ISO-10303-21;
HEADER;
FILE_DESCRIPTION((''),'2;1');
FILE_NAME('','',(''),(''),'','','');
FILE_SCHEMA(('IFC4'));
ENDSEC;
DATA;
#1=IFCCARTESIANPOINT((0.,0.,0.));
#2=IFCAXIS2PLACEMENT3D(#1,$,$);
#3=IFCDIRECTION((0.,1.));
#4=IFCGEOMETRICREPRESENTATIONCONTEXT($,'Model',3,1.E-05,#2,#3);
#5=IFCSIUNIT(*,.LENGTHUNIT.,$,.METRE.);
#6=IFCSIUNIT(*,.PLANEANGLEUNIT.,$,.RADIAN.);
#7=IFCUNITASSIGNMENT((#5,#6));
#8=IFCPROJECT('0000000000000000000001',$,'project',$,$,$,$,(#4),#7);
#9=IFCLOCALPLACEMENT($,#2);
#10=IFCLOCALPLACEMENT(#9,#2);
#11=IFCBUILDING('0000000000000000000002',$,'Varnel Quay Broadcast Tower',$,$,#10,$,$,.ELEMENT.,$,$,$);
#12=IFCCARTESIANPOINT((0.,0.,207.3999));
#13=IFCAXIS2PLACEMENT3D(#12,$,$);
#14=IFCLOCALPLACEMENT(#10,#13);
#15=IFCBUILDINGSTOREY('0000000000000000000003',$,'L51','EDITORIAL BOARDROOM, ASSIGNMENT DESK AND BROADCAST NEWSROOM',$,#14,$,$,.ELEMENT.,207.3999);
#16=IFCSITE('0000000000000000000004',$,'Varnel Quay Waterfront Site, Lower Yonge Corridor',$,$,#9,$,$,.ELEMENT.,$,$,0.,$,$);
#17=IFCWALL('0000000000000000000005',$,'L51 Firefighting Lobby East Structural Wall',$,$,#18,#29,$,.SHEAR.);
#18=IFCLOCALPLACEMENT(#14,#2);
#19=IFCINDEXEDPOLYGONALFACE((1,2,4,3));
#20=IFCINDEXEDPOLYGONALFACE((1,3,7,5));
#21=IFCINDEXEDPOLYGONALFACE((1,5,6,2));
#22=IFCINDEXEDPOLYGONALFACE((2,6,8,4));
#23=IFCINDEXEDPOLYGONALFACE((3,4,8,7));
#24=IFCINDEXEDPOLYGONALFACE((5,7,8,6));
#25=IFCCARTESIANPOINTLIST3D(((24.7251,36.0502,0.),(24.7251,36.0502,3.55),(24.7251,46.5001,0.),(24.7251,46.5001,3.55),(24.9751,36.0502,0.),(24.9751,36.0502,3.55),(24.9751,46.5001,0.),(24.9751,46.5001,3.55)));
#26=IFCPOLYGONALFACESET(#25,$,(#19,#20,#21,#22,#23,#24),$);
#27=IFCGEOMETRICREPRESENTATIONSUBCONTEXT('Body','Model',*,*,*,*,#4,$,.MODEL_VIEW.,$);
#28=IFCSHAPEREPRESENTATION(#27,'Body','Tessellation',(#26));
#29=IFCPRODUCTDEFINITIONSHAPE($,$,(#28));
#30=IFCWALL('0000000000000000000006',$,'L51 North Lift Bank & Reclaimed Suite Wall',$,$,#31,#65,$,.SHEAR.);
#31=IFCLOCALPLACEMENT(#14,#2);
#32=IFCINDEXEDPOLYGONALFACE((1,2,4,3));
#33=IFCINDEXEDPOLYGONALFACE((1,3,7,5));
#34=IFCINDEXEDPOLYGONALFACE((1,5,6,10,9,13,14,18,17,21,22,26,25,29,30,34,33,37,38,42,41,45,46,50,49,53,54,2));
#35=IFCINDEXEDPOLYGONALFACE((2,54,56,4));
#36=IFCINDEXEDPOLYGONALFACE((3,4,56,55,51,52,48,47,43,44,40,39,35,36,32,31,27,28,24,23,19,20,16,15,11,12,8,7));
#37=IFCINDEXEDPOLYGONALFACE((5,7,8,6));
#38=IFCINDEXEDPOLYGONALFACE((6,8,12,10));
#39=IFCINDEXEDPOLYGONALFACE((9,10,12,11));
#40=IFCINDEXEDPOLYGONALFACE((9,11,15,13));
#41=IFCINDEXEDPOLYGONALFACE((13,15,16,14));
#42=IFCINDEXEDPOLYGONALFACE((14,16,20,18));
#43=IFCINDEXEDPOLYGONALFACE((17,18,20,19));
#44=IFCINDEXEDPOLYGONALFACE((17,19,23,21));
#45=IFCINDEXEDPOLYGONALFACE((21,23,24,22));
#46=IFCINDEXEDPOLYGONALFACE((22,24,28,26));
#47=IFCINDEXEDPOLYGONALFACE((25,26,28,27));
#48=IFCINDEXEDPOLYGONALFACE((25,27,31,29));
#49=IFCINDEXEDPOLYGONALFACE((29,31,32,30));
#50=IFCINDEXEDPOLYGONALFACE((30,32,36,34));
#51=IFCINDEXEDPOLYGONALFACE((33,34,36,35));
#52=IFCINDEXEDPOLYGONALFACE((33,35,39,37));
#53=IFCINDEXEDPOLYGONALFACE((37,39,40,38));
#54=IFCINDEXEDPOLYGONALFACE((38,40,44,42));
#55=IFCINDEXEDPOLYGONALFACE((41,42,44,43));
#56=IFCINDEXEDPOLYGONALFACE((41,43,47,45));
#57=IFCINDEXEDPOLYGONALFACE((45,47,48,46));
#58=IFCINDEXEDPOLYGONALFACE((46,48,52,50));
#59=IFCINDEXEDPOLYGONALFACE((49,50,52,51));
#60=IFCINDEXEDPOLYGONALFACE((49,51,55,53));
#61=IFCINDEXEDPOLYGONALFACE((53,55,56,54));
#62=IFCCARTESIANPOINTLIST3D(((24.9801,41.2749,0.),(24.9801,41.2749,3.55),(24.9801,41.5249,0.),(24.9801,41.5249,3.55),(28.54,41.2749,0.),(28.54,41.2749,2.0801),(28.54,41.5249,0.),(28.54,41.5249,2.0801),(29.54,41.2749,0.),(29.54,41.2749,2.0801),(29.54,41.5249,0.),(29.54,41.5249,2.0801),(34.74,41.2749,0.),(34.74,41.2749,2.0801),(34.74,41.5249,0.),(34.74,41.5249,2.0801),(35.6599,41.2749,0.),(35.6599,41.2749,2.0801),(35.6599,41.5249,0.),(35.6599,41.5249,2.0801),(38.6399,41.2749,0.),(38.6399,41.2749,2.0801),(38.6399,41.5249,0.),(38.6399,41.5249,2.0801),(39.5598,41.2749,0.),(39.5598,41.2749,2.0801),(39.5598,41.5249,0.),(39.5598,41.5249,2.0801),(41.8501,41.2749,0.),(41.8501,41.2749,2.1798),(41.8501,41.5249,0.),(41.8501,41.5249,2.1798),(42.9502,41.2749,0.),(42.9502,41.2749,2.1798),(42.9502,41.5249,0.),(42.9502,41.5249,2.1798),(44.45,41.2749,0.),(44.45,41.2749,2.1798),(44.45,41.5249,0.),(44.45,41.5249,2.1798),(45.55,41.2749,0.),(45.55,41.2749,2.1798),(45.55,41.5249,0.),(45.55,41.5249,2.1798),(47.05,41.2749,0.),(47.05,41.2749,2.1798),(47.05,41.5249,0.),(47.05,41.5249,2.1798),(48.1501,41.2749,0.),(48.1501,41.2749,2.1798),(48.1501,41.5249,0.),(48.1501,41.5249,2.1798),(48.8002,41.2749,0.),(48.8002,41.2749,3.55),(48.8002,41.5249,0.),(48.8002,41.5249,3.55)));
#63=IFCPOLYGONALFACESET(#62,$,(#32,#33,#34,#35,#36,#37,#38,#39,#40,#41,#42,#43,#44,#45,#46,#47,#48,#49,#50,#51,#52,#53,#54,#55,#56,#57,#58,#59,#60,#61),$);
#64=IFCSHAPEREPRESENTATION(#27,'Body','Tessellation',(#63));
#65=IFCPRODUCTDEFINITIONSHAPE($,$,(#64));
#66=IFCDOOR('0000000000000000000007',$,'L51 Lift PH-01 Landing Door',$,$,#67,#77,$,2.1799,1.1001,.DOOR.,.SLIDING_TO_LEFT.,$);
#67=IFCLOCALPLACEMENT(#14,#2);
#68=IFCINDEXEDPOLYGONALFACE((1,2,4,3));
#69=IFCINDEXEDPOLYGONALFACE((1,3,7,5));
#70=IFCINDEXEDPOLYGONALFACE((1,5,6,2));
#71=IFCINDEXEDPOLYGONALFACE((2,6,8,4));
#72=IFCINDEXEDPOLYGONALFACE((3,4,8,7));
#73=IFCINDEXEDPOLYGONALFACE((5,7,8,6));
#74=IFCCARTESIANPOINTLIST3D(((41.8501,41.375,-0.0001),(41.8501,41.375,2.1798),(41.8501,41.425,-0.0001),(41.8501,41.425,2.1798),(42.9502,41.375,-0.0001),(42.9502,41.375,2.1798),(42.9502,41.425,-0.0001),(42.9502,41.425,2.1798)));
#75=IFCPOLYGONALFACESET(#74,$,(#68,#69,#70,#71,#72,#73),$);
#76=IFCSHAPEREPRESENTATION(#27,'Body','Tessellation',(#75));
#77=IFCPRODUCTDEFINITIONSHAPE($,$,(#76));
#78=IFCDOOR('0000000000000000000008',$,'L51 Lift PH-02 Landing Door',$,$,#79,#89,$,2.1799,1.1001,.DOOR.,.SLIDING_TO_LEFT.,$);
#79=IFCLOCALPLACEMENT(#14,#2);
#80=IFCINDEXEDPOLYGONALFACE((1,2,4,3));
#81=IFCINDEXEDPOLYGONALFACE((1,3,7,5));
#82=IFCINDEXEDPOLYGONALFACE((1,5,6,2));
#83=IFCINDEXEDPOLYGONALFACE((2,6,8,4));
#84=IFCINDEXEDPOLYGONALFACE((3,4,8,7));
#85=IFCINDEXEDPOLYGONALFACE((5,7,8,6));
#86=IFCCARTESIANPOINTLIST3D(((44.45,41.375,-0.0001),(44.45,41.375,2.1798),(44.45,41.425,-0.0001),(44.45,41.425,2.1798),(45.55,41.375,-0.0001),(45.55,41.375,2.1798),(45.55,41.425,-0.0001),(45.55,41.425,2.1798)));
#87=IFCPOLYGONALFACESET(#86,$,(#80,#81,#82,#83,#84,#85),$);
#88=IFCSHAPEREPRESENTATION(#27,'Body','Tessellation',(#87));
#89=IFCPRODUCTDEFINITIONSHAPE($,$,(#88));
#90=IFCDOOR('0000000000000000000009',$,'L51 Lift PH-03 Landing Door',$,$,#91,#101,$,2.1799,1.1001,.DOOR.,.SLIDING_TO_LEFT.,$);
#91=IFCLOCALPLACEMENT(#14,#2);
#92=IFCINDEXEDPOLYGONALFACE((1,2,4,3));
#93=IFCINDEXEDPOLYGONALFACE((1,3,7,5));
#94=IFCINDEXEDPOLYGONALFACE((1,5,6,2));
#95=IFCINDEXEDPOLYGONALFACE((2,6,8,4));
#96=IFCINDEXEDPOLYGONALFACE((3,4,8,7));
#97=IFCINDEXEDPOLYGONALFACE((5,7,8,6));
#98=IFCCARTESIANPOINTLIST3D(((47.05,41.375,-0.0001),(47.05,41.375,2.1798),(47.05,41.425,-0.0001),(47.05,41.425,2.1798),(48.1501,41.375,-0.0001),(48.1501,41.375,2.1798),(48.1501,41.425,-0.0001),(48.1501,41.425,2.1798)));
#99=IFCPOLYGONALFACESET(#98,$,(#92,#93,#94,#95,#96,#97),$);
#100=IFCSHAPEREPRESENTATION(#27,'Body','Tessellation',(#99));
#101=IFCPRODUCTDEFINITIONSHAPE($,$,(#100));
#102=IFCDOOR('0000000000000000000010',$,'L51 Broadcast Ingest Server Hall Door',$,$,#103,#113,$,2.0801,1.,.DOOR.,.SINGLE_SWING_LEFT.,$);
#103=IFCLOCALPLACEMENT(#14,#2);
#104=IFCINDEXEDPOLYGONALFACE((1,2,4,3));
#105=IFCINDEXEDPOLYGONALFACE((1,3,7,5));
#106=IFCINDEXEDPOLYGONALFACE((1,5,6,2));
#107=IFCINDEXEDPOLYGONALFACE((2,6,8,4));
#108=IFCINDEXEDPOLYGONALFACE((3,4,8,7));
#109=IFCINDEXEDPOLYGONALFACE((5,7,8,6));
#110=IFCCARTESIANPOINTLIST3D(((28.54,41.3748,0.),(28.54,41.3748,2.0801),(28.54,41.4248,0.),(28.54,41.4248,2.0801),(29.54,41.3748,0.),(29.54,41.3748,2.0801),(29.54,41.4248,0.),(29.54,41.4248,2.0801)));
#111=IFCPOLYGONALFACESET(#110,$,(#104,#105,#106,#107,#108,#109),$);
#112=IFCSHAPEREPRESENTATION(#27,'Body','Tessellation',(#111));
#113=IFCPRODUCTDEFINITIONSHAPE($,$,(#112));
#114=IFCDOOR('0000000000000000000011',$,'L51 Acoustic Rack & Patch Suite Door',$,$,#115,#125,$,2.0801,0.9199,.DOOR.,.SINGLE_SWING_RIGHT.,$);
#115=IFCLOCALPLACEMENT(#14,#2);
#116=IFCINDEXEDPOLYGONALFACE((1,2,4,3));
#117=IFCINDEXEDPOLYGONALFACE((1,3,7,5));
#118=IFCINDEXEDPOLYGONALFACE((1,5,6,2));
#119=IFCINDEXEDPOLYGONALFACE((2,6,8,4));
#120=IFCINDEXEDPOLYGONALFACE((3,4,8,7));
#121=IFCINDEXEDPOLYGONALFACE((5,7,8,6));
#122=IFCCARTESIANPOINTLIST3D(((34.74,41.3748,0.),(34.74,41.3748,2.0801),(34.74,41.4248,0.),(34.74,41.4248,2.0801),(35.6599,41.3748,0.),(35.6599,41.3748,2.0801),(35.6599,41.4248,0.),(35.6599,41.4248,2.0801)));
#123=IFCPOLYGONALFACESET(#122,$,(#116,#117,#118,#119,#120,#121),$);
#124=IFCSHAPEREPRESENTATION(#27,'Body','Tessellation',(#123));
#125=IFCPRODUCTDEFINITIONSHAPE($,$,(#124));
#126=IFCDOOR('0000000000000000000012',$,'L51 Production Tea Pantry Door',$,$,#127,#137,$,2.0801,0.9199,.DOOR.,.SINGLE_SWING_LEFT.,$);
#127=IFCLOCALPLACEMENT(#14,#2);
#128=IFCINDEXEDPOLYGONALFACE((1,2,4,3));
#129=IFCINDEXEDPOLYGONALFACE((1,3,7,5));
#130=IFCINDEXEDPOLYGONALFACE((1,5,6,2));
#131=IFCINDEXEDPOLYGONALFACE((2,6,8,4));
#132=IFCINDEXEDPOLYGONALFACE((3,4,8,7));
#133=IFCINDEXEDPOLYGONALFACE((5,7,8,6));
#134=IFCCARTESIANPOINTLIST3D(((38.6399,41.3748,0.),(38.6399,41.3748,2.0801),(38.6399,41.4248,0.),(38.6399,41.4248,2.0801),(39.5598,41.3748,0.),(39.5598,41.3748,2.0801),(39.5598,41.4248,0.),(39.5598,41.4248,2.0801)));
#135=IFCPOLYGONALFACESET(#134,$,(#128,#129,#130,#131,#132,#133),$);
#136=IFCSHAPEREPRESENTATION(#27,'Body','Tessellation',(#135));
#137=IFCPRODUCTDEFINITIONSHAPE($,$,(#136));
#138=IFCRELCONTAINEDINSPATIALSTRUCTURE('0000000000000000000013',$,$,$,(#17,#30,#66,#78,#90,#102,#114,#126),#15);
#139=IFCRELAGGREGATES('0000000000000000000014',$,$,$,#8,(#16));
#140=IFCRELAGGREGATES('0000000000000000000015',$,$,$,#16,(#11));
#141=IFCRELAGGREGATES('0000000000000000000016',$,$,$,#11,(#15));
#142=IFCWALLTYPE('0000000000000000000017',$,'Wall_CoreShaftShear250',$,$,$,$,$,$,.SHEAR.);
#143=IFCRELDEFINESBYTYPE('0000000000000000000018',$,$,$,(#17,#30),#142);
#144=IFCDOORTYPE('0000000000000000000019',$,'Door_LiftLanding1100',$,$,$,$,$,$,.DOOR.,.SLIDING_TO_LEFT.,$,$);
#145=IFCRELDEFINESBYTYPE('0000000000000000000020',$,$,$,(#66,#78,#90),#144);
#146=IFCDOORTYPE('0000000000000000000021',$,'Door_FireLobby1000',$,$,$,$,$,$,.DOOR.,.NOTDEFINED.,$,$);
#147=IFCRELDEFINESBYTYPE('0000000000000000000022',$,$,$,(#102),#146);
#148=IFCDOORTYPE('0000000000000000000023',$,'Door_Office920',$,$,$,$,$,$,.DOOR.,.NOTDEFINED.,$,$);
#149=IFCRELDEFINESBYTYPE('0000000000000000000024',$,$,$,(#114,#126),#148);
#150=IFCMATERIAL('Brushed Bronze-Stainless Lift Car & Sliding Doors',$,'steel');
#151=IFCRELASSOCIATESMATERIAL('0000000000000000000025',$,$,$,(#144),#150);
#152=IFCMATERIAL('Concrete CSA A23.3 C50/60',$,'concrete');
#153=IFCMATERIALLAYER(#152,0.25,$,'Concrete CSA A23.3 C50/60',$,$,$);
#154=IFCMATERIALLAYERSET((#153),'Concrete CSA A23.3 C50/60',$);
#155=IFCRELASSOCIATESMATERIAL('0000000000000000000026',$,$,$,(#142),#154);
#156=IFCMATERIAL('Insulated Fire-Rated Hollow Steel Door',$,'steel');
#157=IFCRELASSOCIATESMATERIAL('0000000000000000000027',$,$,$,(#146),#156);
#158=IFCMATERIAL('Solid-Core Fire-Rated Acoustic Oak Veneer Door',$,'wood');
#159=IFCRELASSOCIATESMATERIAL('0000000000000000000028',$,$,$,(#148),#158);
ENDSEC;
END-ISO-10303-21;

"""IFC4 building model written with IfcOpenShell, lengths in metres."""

from ifc_helpers import new_model, si_unit, direction, frame, frame_2d, origin, place, context, subcontext, project, spatial, rectangle, extrude, source, transform, mapped, material, layer, layer_set, type_object, type_shapes, element, fill, save


model = new_model("IFC4")

# Units and contexts
model_context = context("Model", 3, precision=1e-05, world=origin(), true_north=direction((0.0, 1.0)))
body_context = subcontext(model_context, "Body", "Model", "MODEL_VIEW")
ifc_project = project(units=[si_unit("LENGTHUNIT", "METRE"), si_unit("PLANEANGLEUNIT", "RADIAN")], contexts=[model_context])

# Site, building, storey
site_placement = place(None, origin())
site = spatial("IfcSite", under=ifc_project, at=site_placement, Name="Varnel Quay Waterfront Site, Lower Yonge Corridor", CompositionType="ELEMENT", RefElevation=0.0)
building_placement = place(site_placement, origin())
building = spatial("IfcBuilding", under=site, at=building_placement, Name="Varnel Quay Broadcast Tower", CompositionType="ELEMENT")
storey_placement = place(building_placement, frame((0.0, 0.0, 207.3999)))
storey = spatial("IfcBuildingStorey", under=building, at=storey_placement, Name="L51", Description="EDITORIAL BOARDROOM, ASSIGNMENT DESK AND BROADCAST NEWSROOM", CompositionType="ELEMENT", Elevation=207.3999)

# Shared definitions
ifc_material_1 = material(Name="Concrete CSA A23.3 C50/60", Category="concrete")
ifc_material_2 = material(Name="Insulated Fire-Rated Hollow Steel Door", Category="steel")

# Shared definitions
ifc_material_3 = material(Name="Brushed Bronze-Stainless Lift Car & Sliding Doors", Category="steel")
door_type_1 = type_object("IfcDoorType", Name="Door_LiftLanding1100", OperationType="SLIDING_TO_LEFT", PredefinedType="DOOR", material=ifc_material_3)
shared_shape_1 = source(origin(), body_context, "Body", "SweptSolid", [
    extrude(rectangle(XDim=1.1001, YDim=2.1799, at=frame_2d((0.55, 1.0898))), frame((0.0, 0.0249, 0.0), z_axis=(0.0, -1.0, 0.0), x_axis=(1.0, 0.0, 0.0)), (0.0, 0.0, 1.0), 0.05),
])
type_shapes(door_type_1, [shared_shape_1])

# Wall
ifc_layer_1 = layer(ifc_material_1, 0.25, Name="Concrete CSA A23.3 C50/60")
ifc_layer_set_1 = layer_set([ifc_layer_1], Name="Concrete CSA A23.3 C50/60")
wall_type_1 = type_object("IfcWallType", Name="Wall_CoreShaftShear250", PredefinedType="SHEAR", material=ifc_layer_set_1)
wall_1_placement = place(storey_placement, frame((24.8501, 36.05, 0.0), z_axis=(0.0, 0.0, 1.0), x_axis=(0.0, 1.0, 0.0)))
element("IfcWall", 1, at=wall_1_placement, inside=storey, type_object=wall_type_1, Name="L51 Firefighting Lobby East Structural Wall", PredefinedType="SHEAR", context=body_context, shape_type="SweptSolid", body=[
    extrude(rectangle(XDim=10.45, YDim=0.25, at=frame_2d((5.2251, 0.0))), origin(), (0.0, 0.0, 1.0), 3.55),
])

# Wall, openings, doors
wall_2_placement = place(storey_placement, frame((24.98, 41.3999, 0.0), z_axis=(0.0, 0.0, 1.0), x_axis=(1.0, 0.0, 0.0)))
wall_2 = element("IfcWall", 2, at=wall_2_placement, inside=storey, type_object=wall_type_1, Name="L51 North Lift Bank & Reclaimed Suite Wall", PredefinedType="SHEAR", context=body_context, shape_type="SweptSolid", body=[
    extrude(rectangle(XDim=23.8201, YDim=0.25, at=frame_2d((11.9102, 0.0))), origin(), (0.0, 0.0, 1.0), 3.55),
])
opening_1_placement = place(wall_2_placement, frame((16.8701, 0.0, 0.0)))
opening_1 = element("IfcOpeningElement", 3, at=opening_1_placement, cuts=wall_2, PredefinedType="OPENING", context=body_context, shape_type="SweptSolid", body=[
    extrude(rectangle(XDim=1.1001, YDim=2.1799, at=frame_2d((0.55, 1.0898))), frame((0.0, 0.135, 0.0), z_axis=(0.0, -1.0, 0.0), x_axis=(1.0, 0.0, 0.0)), (0.0, 0.0, 1.0), 0.27),
])
opening_2_placement = place(wall_2_placement, frame((19.47, 0.0, 0.0)))
opening_2 = element("IfcOpeningElement", 4, at=opening_2_placement, cuts=wall_2, PredefinedType="OPENING", context=body_context, shape_type="SweptSolid", body=[
    extrude(rectangle(XDim=1.1001, YDim=2.1799, at=frame_2d((0.55, 1.0898))), frame((0.0, 0.135, 0.0), z_axis=(0.0, -1.0, 0.0), x_axis=(1.0, 0.0, 0.0)), (0.0, 0.0, 1.0), 0.27),
])
opening_3_placement = place(wall_2_placement, frame((22.0701, 0.0, 0.0)))
opening_3 = element("IfcOpeningElement", 5, at=opening_3_placement, cuts=wall_2, PredefinedType="OPENING", context=body_context, shape_type="SweptSolid", body=[
    extrude(rectangle(XDim=1.1001, YDim=2.1799, at=frame_2d((0.55, 1.0898))), frame((0.0, 0.135, 0.0), z_axis=(0.0, -1.0, 0.0), x_axis=(1.0, 0.0, 0.0)), (0.0, 0.0, 1.0), 0.27),
])
opening_4_placement = place(wall_2_placement, frame((3.5601, 0.0, 0.0)))
opening_4 = element("IfcOpeningElement", 6, at=opening_4_placement, cuts=wall_2, PredefinedType="OPENING", context=body_context, shape_type="SweptSolid", body=[
    extrude(rectangle(XDim=1.0, YDim=2.0801, at=frame_2d((0.5, 1.04))), frame((0.0, 0.135, 0.0), z_axis=(0.0, -1.0, 0.0), x_axis=(1.0, 0.0, 0.0)), (0.0, 0.0, 1.0), 0.27),
])
opening_5_placement = place(wall_2_placement, frame((9.76, 0.0, 0.0)))
opening_5 = element("IfcOpeningElement", 7, at=opening_5_placement, cuts=wall_2, PredefinedType="OPENING", context=body_context, shape_type="SweptSolid", body=[
    extrude(rectangle(XDim=0.9199, YDim=2.0801, at=frame_2d((0.46, 1.04))), frame((0.0, 0.135, 0.0), z_axis=(0.0, -1.0, 0.0), x_axis=(1.0, 0.0, 0.0)), (0.0, 0.0, 1.0), 0.27),
])
opening_6_placement = place(wall_2_placement, frame((13.6599, 0.0, 0.0)))
opening_6 = element("IfcOpeningElement", 8, at=opening_6_placement, cuts=wall_2, PredefinedType="OPENING", context=body_context, shape_type="SweptSolid", body=[
    extrude(rectangle(XDim=0.9199, YDim=2.0801, at=frame_2d((0.46, 1.04))), frame((0.0, 0.135, 0.0), z_axis=(0.0, -1.0, 0.0), x_axis=(1.0, 0.0, 0.0)), (0.0, 0.0, 1.0), 0.27),
])
door_1_placement = place(opening_1_placement, frame((1.1001, 0.0, 0.0), z_axis=(0.0, 0.0, 1.0), x_axis=(-1.0, 0.0, 0.0)))
door_1 = element("IfcDoor", 9, at=door_1_placement, inside=storey, type_object=door_type_1, Name="L51 Lift PH-01 Landing Door", OperationType="SLIDING_TO_LEFT", OverallHeight=2.1799, OverallWidth=1.1001, PredefinedType="DOOR", context=body_context, shape_type="MappedRepresentation", body=[
    mapped(shared_shape_1, transform((0.0, 0.0, 0.0), x_axis=(1.0, 0.0, 0.0), y_axis=(0.0, 1.0, 0.0), z_axis=(0.0, 0.0, 1.0), scale=1.0)),
])
fill(opening_1, door_1)
door_2_placement = place(opening_2_placement, frame((1.1001, 0.0, 0.0), z_axis=(0.0, 0.0, 1.0), x_axis=(-1.0, 0.0, 0.0)))
door_2 = element("IfcDoor", 10, at=door_2_placement, inside=storey, type_object=door_type_1, Name="L51 Lift PH-02 Landing Door", OperationType="SLIDING_TO_LEFT", OverallHeight=2.1799, OverallWidth=1.1001, PredefinedType="DOOR", context=body_context, shape_type="MappedRepresentation", body=[
    mapped(shared_shape_1, transform((0.0, 0.0, 0.0), x_axis=(1.0, 0.0, 0.0), y_axis=(0.0, 1.0, 0.0), z_axis=(0.0, 0.0, 1.0), scale=1.0)),
])
fill(opening_2, door_2)
door_3_placement = place(opening_3_placement, frame((1.1001, 0.0, 0.0), z_axis=(0.0, 0.0, 1.0), x_axis=(-1.0, 0.0, 0.0)))
door_3 = element("IfcDoor", 11, at=door_3_placement, inside=storey, type_object=door_type_1, Name="L51 Lift PH-03 Landing Door", OperationType="SLIDING_TO_LEFT", OverallHeight=2.1799, OverallWidth=1.1001, PredefinedType="DOOR", context=body_context, shape_type="MappedRepresentation", body=[
    mapped(shared_shape_1, transform((0.0, 0.0, 0.0), x_axis=(1.0, 0.0, 0.0), y_axis=(0.0, 1.0, 0.0), z_axis=(0.0, 0.0, 1.0), scale=1.0)),
])
fill(opening_3, door_3)
door_type_2 = type_object("IfcDoorType", Name="Door_FireLobby1000", OperationType="NOTDEFINED", PredefinedType="DOOR", material=ifc_material_2)
shared_shape_2 = source(origin(), body_context, "Body", "SweptSolid", [
    extrude(rectangle(XDim=1.0, YDim=2.0801, at=frame_2d((0.5, 1.04))), frame((0.0, 0.0249, 0.0), z_axis=(0.0, -1.0, 0.0), x_axis=(1.0, 0.0, 0.0)), (0.0, 0.0, 1.0), 0.05),
])
type_shapes(door_type_2, [shared_shape_2])
door_4_placement = place(opening_4_placement, origin())
door_4 = element("IfcDoor", 12, at=door_4_placement, inside=storey, type_object=door_type_2, Name="L51 Broadcast Ingest Server Hall Door", OperationType="SINGLE_SWING_LEFT", OverallHeight=2.0801, OverallWidth=1.0, PredefinedType="DOOR", context=body_context, shape_type="MappedRepresentation", body=[
    mapped(shared_shape_2, transform((0.0, 0.0, 0.0), x_axis=(1.0, 0.0, 0.0), y_axis=(0.0, 1.0, 0.0), z_axis=(0.0, 0.0, 1.0), scale=1.0)),
])
fill(opening_4, door_4)
ifc_material_4 = material(Name="Solid-Core Fire-Rated Acoustic Oak Veneer Door", Category="wood")
door_type_3 = type_object("IfcDoorType", Name="Door_Office920", OperationType="NOTDEFINED", PredefinedType="DOOR", material=ifc_material_4)
shared_shape_3 = source(origin(), body_context, "Body", "SweptSolid", [
    extrude(rectangle(XDim=0.9199, YDim=2.0801, at=frame_2d((0.46, 1.04))), frame((0.0, 0.0249, 0.0), z_axis=(0.0, -1.0, 0.0), x_axis=(1.0, 0.0, 0.0)), (0.0, 0.0, 1.0), 0.05),
])
type_shapes(door_type_3, [shared_shape_3])
door_5_placement = place(opening_5_placement, origin())
door_5 = element("IfcDoor", 13, at=door_5_placement, inside=storey, type_object=door_type_3, Name="L51 Acoustic Rack & Patch Suite Door", OperationType="SINGLE_SWING_RIGHT", OverallHeight=2.0801, OverallWidth=0.9199, PredefinedType="DOOR", context=body_context, shape_type="MappedRepresentation", body=[
    mapped(shared_shape_3, transform((0.0, 0.0, 0.0), x_axis=(1.0, 0.0, 0.0), y_axis=(0.0, 1.0, 0.0), z_axis=(0.0, 0.0, 1.0), scale=1.0)),
])
fill(opening_5, door_5)
door_6_placement = place(opening_6_placement, origin())
door_6 = element("IfcDoor", 14, at=door_6_placement, inside=storey, type_object=door_type_3, Name="L51 Production Tea Pantry Door", OperationType="SINGLE_SWING_LEFT", OverallHeight=2.0801, OverallWidth=0.9199, PredefinedType="DOOR", context=body_context, shape_type="MappedRepresentation", body=[
    mapped(shared_shape_3, transform((0.0, 0.0, 0.0), x_axis=(1.0, 0.0, 0.0), y_axis=(0.0, 1.0, 0.0), z_axis=(0.0, 0.0, 1.0), scale=1.0)),
])
fill(opening_6, door_6)

save(model, "model.ifc")
